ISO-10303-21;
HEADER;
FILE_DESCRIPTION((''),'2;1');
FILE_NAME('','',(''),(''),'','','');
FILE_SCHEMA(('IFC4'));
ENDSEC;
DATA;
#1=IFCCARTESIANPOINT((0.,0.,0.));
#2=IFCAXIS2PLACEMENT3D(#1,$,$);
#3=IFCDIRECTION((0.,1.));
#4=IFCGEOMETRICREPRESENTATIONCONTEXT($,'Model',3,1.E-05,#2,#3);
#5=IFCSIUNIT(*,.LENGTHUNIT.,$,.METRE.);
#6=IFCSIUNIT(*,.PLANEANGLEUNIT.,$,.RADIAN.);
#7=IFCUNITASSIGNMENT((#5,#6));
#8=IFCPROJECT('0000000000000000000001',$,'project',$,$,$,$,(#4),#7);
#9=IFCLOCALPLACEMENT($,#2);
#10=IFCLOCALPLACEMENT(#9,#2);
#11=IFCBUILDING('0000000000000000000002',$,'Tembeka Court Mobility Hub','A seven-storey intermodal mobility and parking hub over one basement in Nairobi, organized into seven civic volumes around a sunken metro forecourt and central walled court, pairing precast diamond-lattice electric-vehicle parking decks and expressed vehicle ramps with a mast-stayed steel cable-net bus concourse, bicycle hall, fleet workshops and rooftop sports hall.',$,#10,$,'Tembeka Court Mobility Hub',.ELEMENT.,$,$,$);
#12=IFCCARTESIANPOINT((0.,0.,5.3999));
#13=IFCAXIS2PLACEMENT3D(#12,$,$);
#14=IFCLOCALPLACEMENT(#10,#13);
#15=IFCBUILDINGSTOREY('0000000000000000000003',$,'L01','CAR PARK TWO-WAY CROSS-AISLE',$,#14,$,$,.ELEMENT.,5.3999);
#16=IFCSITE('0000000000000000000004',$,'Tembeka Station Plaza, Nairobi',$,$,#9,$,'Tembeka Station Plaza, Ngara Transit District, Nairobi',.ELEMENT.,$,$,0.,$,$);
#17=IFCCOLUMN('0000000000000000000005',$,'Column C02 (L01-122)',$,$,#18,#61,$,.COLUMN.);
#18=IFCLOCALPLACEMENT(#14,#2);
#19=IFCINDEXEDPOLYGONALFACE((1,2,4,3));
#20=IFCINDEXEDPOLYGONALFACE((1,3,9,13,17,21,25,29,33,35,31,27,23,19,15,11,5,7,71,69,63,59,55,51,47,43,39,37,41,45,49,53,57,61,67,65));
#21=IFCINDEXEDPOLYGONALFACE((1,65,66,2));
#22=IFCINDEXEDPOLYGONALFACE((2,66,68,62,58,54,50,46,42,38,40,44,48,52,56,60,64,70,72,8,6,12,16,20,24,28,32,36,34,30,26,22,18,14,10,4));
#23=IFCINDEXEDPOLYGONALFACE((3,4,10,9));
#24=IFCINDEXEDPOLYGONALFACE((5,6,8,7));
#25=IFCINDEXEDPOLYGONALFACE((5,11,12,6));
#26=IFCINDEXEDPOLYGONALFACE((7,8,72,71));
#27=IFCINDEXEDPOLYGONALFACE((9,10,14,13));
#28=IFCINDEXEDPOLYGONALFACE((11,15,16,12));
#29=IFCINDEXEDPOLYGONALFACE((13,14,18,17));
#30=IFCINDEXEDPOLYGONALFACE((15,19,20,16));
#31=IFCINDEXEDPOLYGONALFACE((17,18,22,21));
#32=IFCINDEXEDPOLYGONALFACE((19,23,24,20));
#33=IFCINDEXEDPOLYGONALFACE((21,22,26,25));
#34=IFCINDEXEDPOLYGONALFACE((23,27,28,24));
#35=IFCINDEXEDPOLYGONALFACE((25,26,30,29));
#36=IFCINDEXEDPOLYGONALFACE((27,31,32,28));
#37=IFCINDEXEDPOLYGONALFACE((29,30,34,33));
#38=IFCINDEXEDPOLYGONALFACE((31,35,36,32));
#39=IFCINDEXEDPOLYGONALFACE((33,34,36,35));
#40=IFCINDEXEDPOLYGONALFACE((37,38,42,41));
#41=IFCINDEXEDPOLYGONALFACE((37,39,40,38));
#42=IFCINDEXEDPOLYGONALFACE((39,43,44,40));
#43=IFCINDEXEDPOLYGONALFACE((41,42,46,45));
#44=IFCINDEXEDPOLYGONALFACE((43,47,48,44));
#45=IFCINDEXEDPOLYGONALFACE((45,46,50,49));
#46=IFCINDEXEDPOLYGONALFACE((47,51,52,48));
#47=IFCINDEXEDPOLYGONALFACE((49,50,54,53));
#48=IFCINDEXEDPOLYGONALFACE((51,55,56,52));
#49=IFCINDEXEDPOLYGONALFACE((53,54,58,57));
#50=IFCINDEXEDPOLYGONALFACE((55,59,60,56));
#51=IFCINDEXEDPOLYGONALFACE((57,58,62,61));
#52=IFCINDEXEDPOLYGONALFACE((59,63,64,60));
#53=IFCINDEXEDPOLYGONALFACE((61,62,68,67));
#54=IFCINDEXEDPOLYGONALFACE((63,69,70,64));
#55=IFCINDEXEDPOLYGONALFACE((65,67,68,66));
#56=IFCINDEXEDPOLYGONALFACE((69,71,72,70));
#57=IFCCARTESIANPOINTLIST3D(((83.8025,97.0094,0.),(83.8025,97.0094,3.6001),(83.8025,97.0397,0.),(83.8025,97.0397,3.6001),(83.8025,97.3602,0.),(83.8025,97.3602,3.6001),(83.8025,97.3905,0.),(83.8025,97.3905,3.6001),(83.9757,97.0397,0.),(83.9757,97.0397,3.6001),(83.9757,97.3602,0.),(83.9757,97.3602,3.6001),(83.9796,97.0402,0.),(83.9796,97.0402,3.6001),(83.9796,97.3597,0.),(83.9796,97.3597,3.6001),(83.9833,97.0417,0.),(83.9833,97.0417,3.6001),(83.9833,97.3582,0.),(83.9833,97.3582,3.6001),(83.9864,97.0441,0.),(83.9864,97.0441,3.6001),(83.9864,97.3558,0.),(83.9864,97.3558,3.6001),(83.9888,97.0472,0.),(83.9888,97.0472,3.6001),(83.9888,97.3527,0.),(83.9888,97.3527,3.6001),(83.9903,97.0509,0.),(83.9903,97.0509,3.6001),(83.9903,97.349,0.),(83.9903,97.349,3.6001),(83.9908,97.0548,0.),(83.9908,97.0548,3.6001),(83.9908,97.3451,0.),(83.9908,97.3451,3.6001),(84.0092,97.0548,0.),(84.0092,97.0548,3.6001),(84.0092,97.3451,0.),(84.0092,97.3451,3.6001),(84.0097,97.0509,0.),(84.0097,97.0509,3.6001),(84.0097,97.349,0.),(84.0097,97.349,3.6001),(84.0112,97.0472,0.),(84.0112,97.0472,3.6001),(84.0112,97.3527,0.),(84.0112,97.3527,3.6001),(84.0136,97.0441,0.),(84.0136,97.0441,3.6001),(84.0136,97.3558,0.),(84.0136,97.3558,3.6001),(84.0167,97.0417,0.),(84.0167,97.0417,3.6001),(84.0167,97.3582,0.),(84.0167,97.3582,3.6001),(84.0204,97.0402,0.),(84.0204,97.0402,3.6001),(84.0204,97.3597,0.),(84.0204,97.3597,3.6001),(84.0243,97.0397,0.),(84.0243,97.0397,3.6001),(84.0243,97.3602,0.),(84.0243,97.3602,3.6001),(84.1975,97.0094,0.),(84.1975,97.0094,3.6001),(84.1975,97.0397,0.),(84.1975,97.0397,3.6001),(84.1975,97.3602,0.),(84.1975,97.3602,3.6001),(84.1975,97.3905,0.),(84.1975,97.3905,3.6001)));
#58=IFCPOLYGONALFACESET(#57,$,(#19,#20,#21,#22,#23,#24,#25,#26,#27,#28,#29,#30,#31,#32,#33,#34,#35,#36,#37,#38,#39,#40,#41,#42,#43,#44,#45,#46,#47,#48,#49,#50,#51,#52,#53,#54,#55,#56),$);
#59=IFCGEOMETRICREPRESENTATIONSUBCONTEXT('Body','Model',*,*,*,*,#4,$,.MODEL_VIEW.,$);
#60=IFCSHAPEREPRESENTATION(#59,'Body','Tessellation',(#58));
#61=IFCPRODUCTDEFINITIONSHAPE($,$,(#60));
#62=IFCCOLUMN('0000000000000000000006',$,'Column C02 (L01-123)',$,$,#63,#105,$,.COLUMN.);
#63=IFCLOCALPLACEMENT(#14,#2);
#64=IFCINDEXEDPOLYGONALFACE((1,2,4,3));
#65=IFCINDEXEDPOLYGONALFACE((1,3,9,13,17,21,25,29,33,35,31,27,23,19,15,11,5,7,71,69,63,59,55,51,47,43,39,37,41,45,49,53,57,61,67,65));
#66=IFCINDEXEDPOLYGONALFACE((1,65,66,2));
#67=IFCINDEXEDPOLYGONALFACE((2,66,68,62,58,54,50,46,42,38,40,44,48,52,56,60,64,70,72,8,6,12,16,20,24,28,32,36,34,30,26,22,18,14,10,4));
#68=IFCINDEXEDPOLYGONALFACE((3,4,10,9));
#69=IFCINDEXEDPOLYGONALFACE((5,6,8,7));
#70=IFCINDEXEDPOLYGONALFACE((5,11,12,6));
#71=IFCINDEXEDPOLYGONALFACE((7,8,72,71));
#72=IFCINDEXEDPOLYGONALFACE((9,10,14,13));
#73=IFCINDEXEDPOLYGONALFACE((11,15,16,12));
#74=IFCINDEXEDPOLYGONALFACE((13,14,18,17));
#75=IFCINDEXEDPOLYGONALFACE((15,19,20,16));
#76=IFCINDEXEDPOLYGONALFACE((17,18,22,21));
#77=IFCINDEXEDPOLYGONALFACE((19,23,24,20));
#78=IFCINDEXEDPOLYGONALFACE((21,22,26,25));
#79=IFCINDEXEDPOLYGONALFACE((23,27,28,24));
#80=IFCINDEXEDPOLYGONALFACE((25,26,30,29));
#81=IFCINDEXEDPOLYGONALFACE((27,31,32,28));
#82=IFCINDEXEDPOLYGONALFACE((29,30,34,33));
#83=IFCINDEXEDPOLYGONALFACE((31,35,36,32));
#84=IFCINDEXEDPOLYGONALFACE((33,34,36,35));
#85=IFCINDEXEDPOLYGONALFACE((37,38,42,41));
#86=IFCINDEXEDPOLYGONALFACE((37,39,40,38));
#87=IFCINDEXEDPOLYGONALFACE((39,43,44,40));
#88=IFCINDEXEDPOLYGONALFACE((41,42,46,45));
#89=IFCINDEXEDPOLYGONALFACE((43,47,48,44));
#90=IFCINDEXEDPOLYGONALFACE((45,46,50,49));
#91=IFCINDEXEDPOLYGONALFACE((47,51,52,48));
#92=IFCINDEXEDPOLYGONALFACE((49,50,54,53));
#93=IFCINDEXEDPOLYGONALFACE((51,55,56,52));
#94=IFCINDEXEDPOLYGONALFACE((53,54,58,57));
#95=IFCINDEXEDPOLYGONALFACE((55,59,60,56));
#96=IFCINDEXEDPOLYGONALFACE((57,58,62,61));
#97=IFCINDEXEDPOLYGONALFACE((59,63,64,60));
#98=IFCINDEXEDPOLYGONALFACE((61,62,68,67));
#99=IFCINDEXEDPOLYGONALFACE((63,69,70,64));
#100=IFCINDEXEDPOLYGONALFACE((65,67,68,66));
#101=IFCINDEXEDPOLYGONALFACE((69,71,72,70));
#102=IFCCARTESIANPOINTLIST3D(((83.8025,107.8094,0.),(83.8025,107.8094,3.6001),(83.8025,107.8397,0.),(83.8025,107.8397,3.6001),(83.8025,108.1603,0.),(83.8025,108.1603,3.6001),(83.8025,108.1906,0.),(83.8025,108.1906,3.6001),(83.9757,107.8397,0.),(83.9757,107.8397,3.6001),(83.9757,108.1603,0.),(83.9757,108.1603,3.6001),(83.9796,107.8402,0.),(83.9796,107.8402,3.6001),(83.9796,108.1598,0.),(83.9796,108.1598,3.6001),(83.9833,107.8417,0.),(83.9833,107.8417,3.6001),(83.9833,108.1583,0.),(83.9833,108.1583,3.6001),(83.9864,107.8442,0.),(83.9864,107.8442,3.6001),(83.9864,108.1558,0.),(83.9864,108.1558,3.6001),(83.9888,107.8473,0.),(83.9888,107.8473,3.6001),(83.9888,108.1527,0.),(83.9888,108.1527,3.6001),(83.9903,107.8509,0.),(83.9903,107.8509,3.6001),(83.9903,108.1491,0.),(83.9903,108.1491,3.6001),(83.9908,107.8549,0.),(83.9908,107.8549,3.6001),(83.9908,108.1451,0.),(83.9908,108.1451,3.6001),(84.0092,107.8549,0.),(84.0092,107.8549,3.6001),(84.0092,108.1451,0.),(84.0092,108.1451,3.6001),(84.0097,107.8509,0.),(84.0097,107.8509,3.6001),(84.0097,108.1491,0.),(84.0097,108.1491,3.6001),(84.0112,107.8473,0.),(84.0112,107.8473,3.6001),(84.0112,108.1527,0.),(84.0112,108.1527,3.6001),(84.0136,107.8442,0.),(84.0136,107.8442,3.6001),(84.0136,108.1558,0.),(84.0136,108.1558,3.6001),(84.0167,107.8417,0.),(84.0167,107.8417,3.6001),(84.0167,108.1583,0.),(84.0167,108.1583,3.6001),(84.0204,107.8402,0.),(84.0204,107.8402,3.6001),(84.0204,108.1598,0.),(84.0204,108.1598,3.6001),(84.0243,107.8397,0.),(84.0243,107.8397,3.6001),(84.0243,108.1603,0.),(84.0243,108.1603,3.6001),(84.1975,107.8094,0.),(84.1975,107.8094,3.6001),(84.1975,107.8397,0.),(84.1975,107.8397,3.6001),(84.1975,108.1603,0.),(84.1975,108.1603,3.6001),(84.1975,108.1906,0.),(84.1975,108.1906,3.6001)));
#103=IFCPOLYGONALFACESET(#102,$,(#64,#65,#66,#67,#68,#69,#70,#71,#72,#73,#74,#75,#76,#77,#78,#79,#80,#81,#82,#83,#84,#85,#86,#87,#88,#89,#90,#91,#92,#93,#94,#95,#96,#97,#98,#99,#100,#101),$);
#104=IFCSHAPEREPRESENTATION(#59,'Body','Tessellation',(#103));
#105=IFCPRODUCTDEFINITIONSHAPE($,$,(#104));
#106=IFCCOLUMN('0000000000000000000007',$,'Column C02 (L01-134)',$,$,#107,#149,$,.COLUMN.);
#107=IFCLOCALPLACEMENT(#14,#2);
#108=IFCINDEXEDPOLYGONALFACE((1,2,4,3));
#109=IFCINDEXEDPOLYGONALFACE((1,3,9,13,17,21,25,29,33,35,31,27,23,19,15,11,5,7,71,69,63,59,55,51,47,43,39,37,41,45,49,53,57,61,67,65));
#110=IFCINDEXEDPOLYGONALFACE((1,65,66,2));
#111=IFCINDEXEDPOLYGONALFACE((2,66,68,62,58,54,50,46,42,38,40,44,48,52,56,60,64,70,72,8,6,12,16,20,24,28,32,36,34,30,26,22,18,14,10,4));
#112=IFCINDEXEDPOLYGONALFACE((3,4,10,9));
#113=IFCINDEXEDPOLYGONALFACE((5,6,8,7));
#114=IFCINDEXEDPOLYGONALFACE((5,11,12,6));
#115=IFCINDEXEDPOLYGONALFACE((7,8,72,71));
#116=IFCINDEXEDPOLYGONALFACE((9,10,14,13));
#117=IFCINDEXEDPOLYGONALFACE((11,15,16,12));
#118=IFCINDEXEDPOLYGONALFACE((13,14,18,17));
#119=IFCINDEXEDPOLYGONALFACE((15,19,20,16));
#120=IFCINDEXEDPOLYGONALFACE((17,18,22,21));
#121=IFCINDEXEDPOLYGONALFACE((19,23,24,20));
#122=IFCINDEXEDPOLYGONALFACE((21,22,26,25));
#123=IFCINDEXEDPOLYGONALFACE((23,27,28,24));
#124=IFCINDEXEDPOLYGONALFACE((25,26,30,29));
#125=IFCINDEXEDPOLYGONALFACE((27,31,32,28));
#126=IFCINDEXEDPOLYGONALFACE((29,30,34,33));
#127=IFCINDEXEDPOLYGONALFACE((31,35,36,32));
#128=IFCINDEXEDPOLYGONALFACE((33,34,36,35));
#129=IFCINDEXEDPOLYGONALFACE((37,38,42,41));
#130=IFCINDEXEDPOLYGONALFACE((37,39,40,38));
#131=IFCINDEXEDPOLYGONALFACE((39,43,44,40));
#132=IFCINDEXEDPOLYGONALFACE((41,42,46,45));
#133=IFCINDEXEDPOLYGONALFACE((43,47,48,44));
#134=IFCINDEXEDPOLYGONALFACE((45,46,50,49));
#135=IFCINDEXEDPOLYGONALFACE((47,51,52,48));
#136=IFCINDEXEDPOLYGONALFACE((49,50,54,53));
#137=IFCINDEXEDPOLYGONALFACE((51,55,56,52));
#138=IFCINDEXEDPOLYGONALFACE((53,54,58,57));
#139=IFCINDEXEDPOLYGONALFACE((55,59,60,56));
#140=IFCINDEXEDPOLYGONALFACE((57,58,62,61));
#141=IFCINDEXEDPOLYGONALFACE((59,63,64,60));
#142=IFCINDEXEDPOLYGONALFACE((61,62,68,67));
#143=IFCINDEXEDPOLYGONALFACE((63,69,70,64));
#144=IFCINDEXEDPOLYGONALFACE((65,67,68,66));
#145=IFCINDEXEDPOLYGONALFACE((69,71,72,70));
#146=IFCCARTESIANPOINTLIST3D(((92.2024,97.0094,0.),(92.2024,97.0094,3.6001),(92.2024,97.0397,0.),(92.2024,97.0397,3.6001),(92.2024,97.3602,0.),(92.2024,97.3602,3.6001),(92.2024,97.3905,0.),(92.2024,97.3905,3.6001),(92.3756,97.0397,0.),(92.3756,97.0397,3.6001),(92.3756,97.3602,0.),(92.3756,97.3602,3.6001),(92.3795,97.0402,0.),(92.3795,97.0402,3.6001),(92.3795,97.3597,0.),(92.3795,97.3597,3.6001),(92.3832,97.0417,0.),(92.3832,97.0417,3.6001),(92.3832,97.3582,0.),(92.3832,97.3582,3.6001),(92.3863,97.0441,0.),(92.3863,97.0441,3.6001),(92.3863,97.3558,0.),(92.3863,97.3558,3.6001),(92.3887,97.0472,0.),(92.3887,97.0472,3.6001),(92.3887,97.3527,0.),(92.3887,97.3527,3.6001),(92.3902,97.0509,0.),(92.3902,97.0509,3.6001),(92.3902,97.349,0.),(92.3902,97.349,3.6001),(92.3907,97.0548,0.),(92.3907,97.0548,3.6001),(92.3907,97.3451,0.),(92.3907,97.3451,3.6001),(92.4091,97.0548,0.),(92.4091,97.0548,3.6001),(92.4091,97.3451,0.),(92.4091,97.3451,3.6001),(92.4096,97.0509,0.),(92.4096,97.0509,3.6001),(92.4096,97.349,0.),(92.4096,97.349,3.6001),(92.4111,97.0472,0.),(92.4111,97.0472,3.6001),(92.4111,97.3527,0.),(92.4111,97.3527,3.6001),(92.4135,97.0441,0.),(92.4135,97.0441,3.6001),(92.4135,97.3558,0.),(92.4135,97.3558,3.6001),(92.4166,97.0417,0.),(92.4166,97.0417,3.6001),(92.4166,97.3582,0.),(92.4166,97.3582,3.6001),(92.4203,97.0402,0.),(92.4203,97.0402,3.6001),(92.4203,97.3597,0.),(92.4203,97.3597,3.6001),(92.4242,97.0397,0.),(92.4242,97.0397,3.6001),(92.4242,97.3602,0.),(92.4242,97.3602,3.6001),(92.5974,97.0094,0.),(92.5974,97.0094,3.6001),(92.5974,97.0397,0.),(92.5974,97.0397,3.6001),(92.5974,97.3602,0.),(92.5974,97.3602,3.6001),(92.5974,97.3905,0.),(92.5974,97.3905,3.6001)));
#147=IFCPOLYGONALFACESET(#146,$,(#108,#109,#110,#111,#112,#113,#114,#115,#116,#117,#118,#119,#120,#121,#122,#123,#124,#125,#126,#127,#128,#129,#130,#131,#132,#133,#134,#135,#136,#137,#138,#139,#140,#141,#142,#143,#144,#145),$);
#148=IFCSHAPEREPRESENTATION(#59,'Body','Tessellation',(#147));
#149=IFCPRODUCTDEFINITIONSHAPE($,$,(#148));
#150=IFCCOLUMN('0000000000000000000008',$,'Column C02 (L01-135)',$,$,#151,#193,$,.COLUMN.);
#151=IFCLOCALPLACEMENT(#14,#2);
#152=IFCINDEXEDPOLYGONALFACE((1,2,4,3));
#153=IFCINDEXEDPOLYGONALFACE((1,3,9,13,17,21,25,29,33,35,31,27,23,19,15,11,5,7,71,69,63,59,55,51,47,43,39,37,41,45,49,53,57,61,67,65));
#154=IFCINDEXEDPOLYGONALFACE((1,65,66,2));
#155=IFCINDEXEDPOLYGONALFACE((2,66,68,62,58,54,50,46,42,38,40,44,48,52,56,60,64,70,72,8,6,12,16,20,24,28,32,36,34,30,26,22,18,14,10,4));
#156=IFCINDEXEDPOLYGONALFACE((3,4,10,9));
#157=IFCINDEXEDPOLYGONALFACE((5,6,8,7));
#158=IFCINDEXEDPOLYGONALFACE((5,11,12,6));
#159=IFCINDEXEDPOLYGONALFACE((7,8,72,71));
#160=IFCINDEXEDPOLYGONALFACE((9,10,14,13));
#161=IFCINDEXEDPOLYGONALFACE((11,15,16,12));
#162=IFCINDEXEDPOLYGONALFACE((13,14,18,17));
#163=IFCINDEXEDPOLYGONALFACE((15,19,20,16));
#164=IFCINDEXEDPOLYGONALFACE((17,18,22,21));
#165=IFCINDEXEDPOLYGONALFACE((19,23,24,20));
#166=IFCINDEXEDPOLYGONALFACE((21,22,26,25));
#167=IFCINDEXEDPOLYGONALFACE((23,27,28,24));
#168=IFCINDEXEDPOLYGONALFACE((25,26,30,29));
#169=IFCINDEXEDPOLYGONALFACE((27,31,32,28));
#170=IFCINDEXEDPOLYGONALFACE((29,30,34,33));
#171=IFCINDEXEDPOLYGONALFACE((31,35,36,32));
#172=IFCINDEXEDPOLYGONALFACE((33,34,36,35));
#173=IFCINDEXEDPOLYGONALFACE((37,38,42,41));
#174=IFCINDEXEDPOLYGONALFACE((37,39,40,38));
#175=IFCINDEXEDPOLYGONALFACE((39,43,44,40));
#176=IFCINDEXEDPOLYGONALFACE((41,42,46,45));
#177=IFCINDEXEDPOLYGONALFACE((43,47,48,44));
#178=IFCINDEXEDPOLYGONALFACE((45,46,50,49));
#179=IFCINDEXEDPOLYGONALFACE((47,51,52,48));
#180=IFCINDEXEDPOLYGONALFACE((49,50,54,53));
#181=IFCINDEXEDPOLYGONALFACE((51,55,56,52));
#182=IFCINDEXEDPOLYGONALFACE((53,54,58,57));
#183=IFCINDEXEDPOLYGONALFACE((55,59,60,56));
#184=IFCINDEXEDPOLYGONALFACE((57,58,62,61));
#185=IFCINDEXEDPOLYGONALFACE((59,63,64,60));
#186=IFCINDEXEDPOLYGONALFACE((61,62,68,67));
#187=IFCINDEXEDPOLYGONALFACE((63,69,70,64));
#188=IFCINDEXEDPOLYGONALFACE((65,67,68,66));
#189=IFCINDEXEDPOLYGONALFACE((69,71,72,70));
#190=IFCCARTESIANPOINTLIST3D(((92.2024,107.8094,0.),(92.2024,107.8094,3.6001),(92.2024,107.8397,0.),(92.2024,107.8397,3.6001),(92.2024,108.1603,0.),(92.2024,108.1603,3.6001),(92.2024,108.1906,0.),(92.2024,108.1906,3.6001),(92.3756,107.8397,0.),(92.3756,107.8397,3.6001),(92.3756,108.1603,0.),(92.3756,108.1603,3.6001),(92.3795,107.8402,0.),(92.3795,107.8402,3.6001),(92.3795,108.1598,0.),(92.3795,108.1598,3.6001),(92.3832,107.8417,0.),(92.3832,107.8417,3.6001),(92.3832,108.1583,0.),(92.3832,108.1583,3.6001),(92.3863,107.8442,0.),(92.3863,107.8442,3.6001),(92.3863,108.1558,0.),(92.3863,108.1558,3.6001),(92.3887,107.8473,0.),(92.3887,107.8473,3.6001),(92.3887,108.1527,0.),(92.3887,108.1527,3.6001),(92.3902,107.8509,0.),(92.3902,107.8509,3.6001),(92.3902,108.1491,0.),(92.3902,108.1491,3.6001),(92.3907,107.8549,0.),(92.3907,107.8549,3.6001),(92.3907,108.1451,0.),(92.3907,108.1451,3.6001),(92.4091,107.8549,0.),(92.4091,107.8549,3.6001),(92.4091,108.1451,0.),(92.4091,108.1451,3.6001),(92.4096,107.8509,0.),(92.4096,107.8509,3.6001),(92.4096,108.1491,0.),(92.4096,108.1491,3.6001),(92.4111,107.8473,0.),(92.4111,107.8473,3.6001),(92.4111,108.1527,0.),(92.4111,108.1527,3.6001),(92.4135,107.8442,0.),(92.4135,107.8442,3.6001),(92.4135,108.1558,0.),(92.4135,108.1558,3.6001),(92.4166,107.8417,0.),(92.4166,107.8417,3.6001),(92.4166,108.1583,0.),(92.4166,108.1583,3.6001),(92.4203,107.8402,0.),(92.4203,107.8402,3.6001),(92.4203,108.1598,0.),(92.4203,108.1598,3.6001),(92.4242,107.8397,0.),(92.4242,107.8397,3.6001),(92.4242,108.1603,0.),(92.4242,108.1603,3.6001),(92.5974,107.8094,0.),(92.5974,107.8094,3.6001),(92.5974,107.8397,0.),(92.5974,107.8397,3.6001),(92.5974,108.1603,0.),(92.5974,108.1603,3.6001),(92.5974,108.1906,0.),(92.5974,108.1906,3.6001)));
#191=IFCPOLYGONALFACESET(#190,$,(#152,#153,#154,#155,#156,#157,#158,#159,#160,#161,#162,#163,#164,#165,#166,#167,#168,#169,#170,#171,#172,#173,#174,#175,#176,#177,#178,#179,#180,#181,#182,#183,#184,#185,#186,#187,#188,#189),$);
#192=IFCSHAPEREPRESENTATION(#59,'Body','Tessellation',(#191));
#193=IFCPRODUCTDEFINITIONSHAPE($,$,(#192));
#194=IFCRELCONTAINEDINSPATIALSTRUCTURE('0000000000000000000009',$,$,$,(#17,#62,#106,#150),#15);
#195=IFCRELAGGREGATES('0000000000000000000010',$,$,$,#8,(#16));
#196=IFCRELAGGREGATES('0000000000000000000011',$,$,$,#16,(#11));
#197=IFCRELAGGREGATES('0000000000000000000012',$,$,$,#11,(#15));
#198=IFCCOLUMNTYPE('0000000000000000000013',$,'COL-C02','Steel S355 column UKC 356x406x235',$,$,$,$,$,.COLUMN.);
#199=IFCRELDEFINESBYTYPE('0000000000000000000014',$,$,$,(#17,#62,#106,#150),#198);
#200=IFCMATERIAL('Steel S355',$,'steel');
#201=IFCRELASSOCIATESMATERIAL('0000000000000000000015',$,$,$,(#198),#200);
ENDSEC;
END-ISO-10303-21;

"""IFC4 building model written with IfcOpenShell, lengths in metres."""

from ifc_helpers import new_model, si_unit, direction, frame, origin, origin_2d, place, context, subcontext, project, spatial, i_section, extrude, material, material_profile, profile_set, type_object, element, save


model = new_model("IFC4")

# Units and contexts
model_context = context("Model", 3, precision=1e-05, world=origin(), true_north=direction((0.0, 1.0)))
body_context = subcontext(model_context, "Body", "Model", "MODEL_VIEW")
ifc_project = project(units=[si_unit("LENGTHUNIT", "METRE"), si_unit("PLANEANGLEUNIT", "RADIAN")], contexts=[model_context])

# Site, building, storey
site_placement = place(None, origin())
site = spatial("IfcSite", under=ifc_project, at=site_placement, Name="Tembeka Station Plaza, Nairobi", LongName="Tembeka Station Plaza, Ngara Transit District, Nairobi", CompositionType="ELEMENT", RefElevation=0.0)
building_placement = place(site_placement, origin())
building = spatial("IfcBuilding", under=site, at=building_placement, Name="Tembeka Court Mobility Hub", Description="A seven-storey intermodal mobility and parking hub over one basement in Nairobi, organized into seven civic volumes around a sunken metro forecourt and central walled court, pairing precast diamond-lattice electric-vehicle parking decks and expressed vehicle ramps with a mast-stayed steel cable-net bus concourse, bicycle hall, fleet workshops and rooftop sports hall.", LongName="Tembeka Court Mobility Hub", CompositionType="ELEMENT")
storey_placement = place(building_placement, frame((0.0, 0.0, 5.3999)))
storey = spatial("IfcBuildingStorey", under=building, at=storey_placement, Name="L01", Description="CAR PARK TWO-WAY CROSS-AISLE", CompositionType="ELEMENT", Elevation=5.3999)

# Columns
ifc_material_1 = material(Name="Steel S355", Category="steel")
ifc_material_profile_1 = material_profile(ifc_material_1, i_section(OverallWidth=0.395, OverallDepth=0.3811, WebThickness=0.0183, FlangeThickness=0.0303, FilletRadius=0.0151, at=origin_2d()), Name="UKC 356x406x235")
ifc_profile_set_1 = profile_set([ifc_material_profile_1], Name="Steel S355")
column_type = type_object("IfcColumnType", Name="COL-C02", Description="Steel S355 column UKC 356x406x235", PredefinedType="COLUMN", material=ifc_profile_set_1)
for number, where, z_axis, x_axis, name in (
    (1, (84.0, 97.2, 0.0), (0.0, 0.0, 1.0), (1.0, 0.0, 0.0), "Column C02 (L01-122)"),
    (2, (84.0, 108.0, 0.0), (0.0, 0.0, 1.0), (1.0, 0.0, 0.0), "Column C02 (L01-123)"),
    (3, (92.3999, 97.2, 0.0), (0.0, 0.0, 1.0), (1.0, 0.0, 0.0), "Column C02 (L01-134)"),
    (4, (92.3999, 108.0, 0.0), (0.0, 0.0, 1.0), (1.0, 0.0, 0.0), "Column C02 (L01-135)"),
):
    element("IfcColumn", number, at=place(storey_placement, frame(where, z_axis=z_axis, x_axis=x_axis)), inside=storey, type_object=column_type, Name=name, PredefinedType="COLUMN", context=body_context, shape_type="SweptSolid", body=[
        extrude(i_section(OverallWidth=0.395, OverallDepth=0.3811, WebThickness=0.0183, FlangeThickness=0.0303, FilletRadius=0.0151, at=origin_2d()), origin(), (0.0, 0.0, 1.0), 3.6001),
    ])

save(model, "model.ifc")
